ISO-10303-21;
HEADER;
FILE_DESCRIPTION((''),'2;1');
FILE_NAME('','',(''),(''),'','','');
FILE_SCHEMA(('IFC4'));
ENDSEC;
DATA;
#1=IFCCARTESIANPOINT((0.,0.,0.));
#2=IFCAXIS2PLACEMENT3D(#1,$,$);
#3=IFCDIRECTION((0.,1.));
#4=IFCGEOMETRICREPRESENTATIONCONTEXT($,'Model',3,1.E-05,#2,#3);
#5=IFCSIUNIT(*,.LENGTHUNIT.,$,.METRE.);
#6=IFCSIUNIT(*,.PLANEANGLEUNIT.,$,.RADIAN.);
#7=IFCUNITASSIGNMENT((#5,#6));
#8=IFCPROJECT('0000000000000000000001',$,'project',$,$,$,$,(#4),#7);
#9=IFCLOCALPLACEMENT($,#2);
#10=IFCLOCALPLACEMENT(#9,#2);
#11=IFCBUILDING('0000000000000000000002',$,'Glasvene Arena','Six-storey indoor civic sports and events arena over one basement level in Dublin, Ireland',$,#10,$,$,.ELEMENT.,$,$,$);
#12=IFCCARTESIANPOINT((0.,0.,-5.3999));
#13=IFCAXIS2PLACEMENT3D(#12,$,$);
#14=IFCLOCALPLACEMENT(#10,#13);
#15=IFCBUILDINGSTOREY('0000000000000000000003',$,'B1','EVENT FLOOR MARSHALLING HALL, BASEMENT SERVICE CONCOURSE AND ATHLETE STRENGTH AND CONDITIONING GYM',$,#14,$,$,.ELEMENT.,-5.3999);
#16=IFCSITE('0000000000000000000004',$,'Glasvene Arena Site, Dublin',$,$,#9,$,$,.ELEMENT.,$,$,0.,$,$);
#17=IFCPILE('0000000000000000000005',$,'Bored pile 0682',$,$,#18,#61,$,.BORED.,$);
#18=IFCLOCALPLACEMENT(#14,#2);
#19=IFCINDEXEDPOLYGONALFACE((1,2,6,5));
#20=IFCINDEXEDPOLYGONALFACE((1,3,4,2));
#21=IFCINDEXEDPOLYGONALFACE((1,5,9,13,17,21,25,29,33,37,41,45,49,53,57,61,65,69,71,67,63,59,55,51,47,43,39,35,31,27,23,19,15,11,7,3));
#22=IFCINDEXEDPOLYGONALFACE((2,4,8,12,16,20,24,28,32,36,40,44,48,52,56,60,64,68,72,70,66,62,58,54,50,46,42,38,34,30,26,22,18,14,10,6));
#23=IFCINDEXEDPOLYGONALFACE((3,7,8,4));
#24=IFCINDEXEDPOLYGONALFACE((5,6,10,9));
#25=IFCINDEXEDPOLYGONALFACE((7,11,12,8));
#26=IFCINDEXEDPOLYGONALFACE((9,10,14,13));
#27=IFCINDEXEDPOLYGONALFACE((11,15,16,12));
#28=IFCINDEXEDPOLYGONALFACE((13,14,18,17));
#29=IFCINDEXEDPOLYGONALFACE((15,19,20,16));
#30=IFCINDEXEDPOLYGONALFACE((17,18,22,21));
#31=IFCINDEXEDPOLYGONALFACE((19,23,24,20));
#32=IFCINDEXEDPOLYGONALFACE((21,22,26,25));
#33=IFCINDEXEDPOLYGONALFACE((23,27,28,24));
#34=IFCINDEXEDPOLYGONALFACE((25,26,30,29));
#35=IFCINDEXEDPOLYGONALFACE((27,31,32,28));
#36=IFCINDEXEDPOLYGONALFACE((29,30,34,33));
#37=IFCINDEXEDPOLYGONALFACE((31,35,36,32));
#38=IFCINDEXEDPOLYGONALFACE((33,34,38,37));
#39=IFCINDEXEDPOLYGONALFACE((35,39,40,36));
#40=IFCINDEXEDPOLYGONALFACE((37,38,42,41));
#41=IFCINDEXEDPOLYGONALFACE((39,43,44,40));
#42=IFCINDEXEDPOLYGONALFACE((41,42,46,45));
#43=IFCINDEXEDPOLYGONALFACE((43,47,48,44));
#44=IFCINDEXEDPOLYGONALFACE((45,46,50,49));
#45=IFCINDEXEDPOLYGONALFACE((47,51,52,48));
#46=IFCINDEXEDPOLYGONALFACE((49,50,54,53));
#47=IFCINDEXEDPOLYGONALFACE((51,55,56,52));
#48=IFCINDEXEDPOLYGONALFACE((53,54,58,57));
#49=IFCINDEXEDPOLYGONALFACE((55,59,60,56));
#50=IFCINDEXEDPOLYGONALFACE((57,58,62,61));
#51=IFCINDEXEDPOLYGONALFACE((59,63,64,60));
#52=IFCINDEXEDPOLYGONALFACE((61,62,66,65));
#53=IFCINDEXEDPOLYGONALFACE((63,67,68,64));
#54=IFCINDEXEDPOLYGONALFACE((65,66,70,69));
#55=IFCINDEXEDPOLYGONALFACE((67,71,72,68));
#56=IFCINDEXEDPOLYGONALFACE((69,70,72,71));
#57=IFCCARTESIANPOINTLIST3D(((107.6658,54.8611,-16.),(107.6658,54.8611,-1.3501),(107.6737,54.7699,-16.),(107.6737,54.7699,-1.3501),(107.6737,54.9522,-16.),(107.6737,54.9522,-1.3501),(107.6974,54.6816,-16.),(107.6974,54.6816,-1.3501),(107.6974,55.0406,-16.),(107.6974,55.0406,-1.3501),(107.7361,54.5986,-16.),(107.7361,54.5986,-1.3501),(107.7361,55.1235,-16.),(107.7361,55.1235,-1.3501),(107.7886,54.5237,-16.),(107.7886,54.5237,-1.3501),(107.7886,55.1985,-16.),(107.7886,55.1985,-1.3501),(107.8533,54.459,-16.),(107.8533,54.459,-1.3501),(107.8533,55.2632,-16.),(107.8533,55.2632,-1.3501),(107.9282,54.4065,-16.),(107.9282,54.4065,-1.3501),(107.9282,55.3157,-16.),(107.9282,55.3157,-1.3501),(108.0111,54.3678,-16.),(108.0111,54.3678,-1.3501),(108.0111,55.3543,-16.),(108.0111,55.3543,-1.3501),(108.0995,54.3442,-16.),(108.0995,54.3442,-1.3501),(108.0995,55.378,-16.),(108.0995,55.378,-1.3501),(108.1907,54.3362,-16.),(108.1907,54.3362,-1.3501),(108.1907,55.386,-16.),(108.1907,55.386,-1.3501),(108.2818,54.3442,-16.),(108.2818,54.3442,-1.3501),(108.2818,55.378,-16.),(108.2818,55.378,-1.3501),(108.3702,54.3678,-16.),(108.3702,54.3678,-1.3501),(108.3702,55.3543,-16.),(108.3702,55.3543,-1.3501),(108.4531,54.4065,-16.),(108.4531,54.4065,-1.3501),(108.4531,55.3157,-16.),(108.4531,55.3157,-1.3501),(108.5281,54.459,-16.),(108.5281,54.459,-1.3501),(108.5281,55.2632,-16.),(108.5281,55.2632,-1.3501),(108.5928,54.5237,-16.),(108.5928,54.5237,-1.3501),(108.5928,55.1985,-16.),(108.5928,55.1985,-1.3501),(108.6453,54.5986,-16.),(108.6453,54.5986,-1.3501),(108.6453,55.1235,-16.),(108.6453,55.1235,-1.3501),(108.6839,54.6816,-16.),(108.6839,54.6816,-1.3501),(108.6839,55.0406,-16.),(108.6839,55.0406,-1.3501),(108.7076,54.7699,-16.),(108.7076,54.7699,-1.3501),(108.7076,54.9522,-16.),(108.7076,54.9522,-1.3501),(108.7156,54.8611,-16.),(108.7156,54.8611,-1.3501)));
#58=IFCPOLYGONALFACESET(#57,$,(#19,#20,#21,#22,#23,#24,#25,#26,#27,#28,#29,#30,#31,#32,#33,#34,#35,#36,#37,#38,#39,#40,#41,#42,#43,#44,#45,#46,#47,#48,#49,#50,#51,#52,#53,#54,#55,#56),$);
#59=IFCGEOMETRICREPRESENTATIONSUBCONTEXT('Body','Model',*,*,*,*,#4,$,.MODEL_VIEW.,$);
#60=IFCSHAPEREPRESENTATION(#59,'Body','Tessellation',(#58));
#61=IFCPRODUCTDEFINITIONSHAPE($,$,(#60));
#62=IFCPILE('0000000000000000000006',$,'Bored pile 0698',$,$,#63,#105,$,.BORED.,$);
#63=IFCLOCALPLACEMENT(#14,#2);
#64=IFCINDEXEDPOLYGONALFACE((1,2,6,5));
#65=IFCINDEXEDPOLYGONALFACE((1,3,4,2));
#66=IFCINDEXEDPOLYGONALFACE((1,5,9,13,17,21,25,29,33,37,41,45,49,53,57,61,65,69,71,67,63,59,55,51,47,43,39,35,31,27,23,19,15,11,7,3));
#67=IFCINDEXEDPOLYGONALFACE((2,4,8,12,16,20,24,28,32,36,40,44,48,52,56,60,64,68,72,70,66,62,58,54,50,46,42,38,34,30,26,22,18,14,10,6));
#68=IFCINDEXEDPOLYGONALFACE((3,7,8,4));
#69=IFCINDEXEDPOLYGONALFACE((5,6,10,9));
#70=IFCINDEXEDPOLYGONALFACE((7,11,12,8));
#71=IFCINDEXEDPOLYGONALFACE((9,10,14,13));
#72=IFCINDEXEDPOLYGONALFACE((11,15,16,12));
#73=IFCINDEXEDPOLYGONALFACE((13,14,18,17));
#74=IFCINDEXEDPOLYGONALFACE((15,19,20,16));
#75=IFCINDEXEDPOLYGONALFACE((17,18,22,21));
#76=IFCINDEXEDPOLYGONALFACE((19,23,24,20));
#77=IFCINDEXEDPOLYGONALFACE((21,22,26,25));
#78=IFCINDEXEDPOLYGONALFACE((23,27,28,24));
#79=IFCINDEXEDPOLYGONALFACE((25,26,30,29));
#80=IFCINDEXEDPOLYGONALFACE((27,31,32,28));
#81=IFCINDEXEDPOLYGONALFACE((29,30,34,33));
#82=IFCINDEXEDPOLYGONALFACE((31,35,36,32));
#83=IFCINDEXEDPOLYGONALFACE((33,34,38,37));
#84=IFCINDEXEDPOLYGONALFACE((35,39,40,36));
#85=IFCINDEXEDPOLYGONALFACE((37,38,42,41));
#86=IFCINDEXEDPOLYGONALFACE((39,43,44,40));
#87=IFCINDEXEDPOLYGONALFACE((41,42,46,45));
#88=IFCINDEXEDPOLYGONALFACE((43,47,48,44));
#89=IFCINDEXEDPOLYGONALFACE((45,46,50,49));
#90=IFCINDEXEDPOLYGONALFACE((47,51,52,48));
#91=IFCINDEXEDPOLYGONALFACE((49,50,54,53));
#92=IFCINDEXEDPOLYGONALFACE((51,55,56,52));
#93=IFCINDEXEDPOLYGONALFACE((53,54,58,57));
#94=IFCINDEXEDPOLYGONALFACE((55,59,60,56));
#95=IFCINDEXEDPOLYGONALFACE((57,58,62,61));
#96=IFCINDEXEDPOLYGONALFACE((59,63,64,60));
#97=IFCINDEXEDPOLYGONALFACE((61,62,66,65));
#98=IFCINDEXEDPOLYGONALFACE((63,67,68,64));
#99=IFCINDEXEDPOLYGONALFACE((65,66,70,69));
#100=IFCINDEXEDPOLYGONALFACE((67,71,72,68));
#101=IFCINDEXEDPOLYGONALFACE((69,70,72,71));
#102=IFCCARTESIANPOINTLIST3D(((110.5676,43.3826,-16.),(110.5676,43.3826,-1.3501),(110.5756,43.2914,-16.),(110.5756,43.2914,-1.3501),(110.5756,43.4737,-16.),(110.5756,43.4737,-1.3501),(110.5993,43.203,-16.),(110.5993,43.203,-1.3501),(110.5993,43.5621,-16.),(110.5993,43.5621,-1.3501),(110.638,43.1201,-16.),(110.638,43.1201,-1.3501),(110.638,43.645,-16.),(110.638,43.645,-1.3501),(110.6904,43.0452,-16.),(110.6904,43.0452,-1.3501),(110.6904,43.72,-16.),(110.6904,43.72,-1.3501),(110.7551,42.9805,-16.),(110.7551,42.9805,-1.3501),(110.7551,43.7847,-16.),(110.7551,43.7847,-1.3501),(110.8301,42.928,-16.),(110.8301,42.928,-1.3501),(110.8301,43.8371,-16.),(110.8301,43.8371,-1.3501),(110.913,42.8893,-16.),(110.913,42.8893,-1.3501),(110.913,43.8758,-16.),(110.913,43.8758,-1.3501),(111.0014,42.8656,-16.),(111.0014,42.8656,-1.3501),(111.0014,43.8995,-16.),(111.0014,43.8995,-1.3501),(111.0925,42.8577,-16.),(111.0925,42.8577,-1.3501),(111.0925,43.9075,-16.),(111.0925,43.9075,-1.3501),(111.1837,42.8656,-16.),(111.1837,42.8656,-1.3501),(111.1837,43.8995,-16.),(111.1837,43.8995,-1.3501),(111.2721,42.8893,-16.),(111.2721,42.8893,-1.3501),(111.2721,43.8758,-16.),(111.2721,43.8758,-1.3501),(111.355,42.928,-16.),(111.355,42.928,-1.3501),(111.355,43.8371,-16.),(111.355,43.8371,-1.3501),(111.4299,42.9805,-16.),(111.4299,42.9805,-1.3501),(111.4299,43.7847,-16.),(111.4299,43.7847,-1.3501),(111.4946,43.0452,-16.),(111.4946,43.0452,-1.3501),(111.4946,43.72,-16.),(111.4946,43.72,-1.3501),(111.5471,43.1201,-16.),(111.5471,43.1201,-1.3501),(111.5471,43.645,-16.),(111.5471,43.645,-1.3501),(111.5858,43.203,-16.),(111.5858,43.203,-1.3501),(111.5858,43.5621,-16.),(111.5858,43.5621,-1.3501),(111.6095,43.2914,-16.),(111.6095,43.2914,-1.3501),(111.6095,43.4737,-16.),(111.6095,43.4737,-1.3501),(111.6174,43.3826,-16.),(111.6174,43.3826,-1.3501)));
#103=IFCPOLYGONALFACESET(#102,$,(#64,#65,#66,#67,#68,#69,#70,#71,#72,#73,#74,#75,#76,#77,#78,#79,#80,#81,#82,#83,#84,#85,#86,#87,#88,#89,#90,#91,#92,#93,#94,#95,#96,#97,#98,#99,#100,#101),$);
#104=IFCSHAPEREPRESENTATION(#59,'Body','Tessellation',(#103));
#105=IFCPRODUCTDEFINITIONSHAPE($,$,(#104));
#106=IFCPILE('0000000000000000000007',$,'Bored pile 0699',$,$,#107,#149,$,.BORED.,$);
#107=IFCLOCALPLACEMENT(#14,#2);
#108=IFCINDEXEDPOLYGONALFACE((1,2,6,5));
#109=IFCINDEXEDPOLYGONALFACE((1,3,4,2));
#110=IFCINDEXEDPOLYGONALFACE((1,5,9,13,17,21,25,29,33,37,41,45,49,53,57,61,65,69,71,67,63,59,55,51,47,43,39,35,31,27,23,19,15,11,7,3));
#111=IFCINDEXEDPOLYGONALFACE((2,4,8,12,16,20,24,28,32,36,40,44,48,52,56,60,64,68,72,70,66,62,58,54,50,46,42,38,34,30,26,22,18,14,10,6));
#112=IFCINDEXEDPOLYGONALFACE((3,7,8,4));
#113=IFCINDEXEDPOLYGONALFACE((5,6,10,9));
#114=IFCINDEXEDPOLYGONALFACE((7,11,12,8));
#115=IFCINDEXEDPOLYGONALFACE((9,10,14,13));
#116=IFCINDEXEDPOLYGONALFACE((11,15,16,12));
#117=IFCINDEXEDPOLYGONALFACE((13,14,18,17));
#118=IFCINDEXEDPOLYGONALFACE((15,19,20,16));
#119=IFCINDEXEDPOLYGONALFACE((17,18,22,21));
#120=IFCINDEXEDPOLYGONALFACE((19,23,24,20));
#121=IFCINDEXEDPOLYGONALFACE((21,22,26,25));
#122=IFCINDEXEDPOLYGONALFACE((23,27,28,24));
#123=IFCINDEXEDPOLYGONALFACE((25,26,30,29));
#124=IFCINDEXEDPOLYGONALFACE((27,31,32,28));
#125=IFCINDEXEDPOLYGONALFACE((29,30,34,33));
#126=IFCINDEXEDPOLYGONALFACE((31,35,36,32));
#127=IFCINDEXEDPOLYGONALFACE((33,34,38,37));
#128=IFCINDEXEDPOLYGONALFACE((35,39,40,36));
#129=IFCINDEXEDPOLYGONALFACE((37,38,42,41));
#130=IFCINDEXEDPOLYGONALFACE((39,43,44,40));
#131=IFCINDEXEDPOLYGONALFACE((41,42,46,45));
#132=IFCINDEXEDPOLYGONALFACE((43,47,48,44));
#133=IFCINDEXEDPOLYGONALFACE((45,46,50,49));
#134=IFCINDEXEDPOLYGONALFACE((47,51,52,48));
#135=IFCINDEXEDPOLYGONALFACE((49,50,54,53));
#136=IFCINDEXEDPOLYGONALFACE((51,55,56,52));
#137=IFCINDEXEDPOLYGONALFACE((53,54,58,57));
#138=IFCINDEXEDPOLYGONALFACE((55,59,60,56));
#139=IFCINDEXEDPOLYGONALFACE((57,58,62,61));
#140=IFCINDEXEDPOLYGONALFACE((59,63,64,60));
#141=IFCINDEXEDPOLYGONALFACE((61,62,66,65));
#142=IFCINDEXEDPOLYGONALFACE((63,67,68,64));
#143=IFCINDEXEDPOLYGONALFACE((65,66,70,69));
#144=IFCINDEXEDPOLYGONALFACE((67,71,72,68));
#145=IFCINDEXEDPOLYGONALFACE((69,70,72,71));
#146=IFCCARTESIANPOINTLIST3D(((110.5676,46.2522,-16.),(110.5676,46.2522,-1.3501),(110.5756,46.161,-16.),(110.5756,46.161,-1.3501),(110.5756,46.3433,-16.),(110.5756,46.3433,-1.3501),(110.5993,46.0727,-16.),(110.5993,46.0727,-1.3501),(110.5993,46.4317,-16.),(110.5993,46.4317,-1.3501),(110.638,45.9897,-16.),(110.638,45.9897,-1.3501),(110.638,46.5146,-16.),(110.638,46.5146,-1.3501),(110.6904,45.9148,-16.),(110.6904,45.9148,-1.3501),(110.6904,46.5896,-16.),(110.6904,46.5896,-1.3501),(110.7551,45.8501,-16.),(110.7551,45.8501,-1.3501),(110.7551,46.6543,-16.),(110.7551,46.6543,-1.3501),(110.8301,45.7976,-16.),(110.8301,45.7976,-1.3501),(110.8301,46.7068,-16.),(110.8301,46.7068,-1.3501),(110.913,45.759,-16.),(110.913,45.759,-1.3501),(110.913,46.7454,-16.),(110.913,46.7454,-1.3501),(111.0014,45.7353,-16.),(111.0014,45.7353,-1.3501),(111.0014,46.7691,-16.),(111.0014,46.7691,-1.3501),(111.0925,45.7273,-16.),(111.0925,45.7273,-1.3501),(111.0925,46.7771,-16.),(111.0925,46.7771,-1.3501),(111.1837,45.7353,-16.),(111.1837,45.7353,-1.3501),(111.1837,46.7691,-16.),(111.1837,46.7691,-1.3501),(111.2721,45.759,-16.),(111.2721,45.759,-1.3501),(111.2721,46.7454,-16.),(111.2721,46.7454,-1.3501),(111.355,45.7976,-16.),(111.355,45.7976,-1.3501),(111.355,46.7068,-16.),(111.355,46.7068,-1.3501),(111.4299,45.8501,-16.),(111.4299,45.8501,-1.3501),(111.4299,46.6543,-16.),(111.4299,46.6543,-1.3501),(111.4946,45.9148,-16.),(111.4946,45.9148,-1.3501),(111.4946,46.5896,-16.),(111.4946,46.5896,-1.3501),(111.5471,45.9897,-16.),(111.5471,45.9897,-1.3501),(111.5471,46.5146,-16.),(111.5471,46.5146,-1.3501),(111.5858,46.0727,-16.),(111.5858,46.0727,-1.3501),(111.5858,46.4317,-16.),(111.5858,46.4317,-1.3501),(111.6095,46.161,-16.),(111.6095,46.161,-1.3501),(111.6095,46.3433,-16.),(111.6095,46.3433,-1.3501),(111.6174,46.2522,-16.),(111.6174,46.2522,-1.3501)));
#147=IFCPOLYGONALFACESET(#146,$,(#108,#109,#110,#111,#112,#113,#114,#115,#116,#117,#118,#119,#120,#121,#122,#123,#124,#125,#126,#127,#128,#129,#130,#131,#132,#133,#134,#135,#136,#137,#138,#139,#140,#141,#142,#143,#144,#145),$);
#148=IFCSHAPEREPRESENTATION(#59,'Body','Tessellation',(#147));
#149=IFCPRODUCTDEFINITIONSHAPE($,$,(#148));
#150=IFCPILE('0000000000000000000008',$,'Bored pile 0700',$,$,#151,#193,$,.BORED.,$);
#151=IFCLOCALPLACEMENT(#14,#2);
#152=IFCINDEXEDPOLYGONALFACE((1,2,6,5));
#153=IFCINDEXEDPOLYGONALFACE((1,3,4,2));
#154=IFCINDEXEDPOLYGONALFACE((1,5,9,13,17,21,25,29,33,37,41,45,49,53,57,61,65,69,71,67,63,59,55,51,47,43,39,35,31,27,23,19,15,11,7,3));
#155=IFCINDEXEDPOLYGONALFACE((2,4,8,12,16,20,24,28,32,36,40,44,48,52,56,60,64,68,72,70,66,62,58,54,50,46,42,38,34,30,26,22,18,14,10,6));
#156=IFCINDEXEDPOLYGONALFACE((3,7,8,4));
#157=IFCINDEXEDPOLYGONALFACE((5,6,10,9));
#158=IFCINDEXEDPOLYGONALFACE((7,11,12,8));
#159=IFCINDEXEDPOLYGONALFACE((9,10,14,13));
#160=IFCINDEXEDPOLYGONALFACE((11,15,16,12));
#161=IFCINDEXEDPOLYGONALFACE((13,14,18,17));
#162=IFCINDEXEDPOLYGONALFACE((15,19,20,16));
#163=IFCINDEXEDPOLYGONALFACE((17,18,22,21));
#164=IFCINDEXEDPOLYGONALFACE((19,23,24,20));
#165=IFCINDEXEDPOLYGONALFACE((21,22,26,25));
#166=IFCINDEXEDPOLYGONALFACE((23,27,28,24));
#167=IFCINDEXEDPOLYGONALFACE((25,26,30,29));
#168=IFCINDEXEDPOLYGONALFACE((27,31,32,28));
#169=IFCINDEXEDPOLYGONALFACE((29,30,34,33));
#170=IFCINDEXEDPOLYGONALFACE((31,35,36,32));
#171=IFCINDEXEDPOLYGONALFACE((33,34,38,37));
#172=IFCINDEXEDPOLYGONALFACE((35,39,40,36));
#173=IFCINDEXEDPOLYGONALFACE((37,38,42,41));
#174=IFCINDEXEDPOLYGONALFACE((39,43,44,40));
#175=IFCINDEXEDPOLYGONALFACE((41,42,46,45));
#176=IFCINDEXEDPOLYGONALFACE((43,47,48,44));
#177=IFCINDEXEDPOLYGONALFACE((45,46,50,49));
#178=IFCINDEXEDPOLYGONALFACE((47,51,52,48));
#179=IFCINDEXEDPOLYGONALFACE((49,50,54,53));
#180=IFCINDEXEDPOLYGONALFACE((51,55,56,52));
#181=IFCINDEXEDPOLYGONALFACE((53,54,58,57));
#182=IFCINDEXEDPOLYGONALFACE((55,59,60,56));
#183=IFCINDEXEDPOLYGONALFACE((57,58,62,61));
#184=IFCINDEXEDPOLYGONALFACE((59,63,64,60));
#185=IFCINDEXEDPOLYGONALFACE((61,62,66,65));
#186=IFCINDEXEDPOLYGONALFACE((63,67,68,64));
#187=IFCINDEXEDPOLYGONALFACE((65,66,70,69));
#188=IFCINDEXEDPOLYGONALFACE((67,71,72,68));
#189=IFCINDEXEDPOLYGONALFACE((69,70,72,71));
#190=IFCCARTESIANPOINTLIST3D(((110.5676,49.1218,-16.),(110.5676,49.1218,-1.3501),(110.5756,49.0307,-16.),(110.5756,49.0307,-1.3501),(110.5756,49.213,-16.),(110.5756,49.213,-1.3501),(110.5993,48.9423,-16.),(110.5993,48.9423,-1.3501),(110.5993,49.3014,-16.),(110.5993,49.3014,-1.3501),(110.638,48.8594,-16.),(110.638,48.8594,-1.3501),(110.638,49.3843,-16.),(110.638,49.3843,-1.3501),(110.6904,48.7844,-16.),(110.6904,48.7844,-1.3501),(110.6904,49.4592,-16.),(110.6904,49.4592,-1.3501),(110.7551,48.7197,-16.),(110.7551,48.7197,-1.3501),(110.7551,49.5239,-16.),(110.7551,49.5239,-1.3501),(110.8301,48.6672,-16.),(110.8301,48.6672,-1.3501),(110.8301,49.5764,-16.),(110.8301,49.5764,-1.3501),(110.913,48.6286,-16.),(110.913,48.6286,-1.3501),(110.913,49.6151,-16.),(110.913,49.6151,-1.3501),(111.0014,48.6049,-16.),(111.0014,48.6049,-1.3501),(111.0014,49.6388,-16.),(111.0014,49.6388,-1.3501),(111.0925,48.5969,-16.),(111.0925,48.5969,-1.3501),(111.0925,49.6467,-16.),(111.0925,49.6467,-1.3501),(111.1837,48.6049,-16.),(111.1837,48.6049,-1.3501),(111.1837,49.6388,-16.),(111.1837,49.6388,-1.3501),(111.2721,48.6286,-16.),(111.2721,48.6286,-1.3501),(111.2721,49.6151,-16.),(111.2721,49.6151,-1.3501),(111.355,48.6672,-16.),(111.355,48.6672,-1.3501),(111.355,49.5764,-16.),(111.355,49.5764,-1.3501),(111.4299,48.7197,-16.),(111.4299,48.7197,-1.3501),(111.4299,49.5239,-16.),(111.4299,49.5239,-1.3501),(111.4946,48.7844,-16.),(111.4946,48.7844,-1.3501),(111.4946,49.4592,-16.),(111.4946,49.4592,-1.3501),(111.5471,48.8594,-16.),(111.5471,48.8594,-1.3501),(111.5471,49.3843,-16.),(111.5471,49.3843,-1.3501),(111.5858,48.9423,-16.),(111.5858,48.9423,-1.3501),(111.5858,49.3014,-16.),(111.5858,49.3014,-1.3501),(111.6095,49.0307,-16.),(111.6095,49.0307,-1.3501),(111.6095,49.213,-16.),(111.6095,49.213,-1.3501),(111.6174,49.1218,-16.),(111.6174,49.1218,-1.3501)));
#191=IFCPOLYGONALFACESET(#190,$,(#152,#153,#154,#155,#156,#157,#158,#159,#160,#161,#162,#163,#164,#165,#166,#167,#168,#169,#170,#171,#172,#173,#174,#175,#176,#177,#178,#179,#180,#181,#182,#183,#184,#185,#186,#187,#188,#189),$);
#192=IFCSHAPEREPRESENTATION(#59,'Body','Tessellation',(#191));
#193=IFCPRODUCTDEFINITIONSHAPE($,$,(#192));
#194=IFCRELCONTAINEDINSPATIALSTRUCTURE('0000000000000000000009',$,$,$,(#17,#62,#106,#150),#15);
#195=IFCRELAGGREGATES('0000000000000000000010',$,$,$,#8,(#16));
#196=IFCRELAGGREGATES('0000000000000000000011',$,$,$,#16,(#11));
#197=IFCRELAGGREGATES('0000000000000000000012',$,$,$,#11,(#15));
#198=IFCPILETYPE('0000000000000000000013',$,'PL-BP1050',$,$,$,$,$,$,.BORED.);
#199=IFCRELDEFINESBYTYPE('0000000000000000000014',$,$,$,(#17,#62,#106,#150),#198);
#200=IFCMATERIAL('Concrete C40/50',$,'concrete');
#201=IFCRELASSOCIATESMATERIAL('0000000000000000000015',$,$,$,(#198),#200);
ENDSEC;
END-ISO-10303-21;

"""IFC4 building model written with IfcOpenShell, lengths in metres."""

from ifc_helpers import new_model, si_unit, direction, frame, origin, origin_2d, place, context, subcontext, project, spatial, circle, extrude, material, material_profile, profile_set, type_object, element, save


model = new_model("IFC4")

# Units and contexts
model_context = context("Model", 3, precision=1e-05, world=origin(), true_north=direction((0.0, 1.0)))
body_context = subcontext(model_context, "Body", "Model", "MODEL_VIEW")
ifc_project = project(units=[si_unit("LENGTHUNIT", "METRE"), si_unit("PLANEANGLEUNIT", "RADIAN")], contexts=[model_context])

# Site, building, storey
site_placement = place(None, origin())
site = spatial("IfcSite", under=ifc_project, at=site_placement, Name="Glasvene Arena Site, Dublin", CompositionType="ELEMENT", RefElevation=0.0)
building_placement = place(site_placement, origin())
building = spatial("IfcBuilding", under=site, at=building_placement, Name="Glasvene Arena", Description="Six-storey indoor civic sports and events arena over one basement level in Dublin, Ireland", CompositionType="ELEMENT")
storey_placement = place(building_placement, frame((0.0, 0.0, -5.3999)))
storey = spatial("IfcBuildingStorey", under=building, at=storey_placement, Name="B1", Description="EVENT FLOOR MARSHALLING HALL, BASEMENT SERVICE CONCOURSE AND ATHLETE STRENGTH AND CONDITIONING GYM", CompositionType="ELEMENT", Elevation=-5.3999)

# Piles
ifc_material_1 = material(Name="Concrete C40/50", Category="concrete")
ifc_material_profile_1 = material_profile(ifc_material_1, circle(Radius=0.5249, at=origin_2d()), Name="BORED PILE 1050")
ifc_profile_set_1 = profile_set([ifc_material_profile_1], Name="Concrete C40/50")
pile_type = type_object("IfcPileType", Name="PL-BP1050", PredefinedType="BORED", material=ifc_profile_set_1)
for number, where, z_axis, x_axis, name in (
    (1, (108.1907, 54.8611, -1.3501), (0.0, 0.0, -1.0), (1.0, 0.0, 0.0), "Bored pile 0682"),
    (2, (111.0925, 43.3826, -1.3501), (0.0, 0.0, -1.0), (1.0, 0.0, 0.0), "Bored pile 0698"),
    (3, (111.0925, 46.2522, -1.3501), (0.0, 0.0, -1.0), (1.0, 0.0, 0.0), "Bored pile 0699"),
    (4, (111.0925, 49.1218, -1.3501), (0.0, 0.0, -1.0), (1.0, 0.0, 0.0), "Bored pile 0700"),
):
    element("IfcPile", number, at=place(storey_placement, frame(where, z_axis=z_axis, x_axis=x_axis)), inside=storey, type_object=pile_type, Name=name, PredefinedType="BORED", context=body_context, shape_type="SweptSolid", body=[
        extrude(circle(Radius=0.5249, at=origin_2d()), origin(), (0.0, 0.0, 1.0), 14.6499),
    ])

save(model, "model.ifc")
